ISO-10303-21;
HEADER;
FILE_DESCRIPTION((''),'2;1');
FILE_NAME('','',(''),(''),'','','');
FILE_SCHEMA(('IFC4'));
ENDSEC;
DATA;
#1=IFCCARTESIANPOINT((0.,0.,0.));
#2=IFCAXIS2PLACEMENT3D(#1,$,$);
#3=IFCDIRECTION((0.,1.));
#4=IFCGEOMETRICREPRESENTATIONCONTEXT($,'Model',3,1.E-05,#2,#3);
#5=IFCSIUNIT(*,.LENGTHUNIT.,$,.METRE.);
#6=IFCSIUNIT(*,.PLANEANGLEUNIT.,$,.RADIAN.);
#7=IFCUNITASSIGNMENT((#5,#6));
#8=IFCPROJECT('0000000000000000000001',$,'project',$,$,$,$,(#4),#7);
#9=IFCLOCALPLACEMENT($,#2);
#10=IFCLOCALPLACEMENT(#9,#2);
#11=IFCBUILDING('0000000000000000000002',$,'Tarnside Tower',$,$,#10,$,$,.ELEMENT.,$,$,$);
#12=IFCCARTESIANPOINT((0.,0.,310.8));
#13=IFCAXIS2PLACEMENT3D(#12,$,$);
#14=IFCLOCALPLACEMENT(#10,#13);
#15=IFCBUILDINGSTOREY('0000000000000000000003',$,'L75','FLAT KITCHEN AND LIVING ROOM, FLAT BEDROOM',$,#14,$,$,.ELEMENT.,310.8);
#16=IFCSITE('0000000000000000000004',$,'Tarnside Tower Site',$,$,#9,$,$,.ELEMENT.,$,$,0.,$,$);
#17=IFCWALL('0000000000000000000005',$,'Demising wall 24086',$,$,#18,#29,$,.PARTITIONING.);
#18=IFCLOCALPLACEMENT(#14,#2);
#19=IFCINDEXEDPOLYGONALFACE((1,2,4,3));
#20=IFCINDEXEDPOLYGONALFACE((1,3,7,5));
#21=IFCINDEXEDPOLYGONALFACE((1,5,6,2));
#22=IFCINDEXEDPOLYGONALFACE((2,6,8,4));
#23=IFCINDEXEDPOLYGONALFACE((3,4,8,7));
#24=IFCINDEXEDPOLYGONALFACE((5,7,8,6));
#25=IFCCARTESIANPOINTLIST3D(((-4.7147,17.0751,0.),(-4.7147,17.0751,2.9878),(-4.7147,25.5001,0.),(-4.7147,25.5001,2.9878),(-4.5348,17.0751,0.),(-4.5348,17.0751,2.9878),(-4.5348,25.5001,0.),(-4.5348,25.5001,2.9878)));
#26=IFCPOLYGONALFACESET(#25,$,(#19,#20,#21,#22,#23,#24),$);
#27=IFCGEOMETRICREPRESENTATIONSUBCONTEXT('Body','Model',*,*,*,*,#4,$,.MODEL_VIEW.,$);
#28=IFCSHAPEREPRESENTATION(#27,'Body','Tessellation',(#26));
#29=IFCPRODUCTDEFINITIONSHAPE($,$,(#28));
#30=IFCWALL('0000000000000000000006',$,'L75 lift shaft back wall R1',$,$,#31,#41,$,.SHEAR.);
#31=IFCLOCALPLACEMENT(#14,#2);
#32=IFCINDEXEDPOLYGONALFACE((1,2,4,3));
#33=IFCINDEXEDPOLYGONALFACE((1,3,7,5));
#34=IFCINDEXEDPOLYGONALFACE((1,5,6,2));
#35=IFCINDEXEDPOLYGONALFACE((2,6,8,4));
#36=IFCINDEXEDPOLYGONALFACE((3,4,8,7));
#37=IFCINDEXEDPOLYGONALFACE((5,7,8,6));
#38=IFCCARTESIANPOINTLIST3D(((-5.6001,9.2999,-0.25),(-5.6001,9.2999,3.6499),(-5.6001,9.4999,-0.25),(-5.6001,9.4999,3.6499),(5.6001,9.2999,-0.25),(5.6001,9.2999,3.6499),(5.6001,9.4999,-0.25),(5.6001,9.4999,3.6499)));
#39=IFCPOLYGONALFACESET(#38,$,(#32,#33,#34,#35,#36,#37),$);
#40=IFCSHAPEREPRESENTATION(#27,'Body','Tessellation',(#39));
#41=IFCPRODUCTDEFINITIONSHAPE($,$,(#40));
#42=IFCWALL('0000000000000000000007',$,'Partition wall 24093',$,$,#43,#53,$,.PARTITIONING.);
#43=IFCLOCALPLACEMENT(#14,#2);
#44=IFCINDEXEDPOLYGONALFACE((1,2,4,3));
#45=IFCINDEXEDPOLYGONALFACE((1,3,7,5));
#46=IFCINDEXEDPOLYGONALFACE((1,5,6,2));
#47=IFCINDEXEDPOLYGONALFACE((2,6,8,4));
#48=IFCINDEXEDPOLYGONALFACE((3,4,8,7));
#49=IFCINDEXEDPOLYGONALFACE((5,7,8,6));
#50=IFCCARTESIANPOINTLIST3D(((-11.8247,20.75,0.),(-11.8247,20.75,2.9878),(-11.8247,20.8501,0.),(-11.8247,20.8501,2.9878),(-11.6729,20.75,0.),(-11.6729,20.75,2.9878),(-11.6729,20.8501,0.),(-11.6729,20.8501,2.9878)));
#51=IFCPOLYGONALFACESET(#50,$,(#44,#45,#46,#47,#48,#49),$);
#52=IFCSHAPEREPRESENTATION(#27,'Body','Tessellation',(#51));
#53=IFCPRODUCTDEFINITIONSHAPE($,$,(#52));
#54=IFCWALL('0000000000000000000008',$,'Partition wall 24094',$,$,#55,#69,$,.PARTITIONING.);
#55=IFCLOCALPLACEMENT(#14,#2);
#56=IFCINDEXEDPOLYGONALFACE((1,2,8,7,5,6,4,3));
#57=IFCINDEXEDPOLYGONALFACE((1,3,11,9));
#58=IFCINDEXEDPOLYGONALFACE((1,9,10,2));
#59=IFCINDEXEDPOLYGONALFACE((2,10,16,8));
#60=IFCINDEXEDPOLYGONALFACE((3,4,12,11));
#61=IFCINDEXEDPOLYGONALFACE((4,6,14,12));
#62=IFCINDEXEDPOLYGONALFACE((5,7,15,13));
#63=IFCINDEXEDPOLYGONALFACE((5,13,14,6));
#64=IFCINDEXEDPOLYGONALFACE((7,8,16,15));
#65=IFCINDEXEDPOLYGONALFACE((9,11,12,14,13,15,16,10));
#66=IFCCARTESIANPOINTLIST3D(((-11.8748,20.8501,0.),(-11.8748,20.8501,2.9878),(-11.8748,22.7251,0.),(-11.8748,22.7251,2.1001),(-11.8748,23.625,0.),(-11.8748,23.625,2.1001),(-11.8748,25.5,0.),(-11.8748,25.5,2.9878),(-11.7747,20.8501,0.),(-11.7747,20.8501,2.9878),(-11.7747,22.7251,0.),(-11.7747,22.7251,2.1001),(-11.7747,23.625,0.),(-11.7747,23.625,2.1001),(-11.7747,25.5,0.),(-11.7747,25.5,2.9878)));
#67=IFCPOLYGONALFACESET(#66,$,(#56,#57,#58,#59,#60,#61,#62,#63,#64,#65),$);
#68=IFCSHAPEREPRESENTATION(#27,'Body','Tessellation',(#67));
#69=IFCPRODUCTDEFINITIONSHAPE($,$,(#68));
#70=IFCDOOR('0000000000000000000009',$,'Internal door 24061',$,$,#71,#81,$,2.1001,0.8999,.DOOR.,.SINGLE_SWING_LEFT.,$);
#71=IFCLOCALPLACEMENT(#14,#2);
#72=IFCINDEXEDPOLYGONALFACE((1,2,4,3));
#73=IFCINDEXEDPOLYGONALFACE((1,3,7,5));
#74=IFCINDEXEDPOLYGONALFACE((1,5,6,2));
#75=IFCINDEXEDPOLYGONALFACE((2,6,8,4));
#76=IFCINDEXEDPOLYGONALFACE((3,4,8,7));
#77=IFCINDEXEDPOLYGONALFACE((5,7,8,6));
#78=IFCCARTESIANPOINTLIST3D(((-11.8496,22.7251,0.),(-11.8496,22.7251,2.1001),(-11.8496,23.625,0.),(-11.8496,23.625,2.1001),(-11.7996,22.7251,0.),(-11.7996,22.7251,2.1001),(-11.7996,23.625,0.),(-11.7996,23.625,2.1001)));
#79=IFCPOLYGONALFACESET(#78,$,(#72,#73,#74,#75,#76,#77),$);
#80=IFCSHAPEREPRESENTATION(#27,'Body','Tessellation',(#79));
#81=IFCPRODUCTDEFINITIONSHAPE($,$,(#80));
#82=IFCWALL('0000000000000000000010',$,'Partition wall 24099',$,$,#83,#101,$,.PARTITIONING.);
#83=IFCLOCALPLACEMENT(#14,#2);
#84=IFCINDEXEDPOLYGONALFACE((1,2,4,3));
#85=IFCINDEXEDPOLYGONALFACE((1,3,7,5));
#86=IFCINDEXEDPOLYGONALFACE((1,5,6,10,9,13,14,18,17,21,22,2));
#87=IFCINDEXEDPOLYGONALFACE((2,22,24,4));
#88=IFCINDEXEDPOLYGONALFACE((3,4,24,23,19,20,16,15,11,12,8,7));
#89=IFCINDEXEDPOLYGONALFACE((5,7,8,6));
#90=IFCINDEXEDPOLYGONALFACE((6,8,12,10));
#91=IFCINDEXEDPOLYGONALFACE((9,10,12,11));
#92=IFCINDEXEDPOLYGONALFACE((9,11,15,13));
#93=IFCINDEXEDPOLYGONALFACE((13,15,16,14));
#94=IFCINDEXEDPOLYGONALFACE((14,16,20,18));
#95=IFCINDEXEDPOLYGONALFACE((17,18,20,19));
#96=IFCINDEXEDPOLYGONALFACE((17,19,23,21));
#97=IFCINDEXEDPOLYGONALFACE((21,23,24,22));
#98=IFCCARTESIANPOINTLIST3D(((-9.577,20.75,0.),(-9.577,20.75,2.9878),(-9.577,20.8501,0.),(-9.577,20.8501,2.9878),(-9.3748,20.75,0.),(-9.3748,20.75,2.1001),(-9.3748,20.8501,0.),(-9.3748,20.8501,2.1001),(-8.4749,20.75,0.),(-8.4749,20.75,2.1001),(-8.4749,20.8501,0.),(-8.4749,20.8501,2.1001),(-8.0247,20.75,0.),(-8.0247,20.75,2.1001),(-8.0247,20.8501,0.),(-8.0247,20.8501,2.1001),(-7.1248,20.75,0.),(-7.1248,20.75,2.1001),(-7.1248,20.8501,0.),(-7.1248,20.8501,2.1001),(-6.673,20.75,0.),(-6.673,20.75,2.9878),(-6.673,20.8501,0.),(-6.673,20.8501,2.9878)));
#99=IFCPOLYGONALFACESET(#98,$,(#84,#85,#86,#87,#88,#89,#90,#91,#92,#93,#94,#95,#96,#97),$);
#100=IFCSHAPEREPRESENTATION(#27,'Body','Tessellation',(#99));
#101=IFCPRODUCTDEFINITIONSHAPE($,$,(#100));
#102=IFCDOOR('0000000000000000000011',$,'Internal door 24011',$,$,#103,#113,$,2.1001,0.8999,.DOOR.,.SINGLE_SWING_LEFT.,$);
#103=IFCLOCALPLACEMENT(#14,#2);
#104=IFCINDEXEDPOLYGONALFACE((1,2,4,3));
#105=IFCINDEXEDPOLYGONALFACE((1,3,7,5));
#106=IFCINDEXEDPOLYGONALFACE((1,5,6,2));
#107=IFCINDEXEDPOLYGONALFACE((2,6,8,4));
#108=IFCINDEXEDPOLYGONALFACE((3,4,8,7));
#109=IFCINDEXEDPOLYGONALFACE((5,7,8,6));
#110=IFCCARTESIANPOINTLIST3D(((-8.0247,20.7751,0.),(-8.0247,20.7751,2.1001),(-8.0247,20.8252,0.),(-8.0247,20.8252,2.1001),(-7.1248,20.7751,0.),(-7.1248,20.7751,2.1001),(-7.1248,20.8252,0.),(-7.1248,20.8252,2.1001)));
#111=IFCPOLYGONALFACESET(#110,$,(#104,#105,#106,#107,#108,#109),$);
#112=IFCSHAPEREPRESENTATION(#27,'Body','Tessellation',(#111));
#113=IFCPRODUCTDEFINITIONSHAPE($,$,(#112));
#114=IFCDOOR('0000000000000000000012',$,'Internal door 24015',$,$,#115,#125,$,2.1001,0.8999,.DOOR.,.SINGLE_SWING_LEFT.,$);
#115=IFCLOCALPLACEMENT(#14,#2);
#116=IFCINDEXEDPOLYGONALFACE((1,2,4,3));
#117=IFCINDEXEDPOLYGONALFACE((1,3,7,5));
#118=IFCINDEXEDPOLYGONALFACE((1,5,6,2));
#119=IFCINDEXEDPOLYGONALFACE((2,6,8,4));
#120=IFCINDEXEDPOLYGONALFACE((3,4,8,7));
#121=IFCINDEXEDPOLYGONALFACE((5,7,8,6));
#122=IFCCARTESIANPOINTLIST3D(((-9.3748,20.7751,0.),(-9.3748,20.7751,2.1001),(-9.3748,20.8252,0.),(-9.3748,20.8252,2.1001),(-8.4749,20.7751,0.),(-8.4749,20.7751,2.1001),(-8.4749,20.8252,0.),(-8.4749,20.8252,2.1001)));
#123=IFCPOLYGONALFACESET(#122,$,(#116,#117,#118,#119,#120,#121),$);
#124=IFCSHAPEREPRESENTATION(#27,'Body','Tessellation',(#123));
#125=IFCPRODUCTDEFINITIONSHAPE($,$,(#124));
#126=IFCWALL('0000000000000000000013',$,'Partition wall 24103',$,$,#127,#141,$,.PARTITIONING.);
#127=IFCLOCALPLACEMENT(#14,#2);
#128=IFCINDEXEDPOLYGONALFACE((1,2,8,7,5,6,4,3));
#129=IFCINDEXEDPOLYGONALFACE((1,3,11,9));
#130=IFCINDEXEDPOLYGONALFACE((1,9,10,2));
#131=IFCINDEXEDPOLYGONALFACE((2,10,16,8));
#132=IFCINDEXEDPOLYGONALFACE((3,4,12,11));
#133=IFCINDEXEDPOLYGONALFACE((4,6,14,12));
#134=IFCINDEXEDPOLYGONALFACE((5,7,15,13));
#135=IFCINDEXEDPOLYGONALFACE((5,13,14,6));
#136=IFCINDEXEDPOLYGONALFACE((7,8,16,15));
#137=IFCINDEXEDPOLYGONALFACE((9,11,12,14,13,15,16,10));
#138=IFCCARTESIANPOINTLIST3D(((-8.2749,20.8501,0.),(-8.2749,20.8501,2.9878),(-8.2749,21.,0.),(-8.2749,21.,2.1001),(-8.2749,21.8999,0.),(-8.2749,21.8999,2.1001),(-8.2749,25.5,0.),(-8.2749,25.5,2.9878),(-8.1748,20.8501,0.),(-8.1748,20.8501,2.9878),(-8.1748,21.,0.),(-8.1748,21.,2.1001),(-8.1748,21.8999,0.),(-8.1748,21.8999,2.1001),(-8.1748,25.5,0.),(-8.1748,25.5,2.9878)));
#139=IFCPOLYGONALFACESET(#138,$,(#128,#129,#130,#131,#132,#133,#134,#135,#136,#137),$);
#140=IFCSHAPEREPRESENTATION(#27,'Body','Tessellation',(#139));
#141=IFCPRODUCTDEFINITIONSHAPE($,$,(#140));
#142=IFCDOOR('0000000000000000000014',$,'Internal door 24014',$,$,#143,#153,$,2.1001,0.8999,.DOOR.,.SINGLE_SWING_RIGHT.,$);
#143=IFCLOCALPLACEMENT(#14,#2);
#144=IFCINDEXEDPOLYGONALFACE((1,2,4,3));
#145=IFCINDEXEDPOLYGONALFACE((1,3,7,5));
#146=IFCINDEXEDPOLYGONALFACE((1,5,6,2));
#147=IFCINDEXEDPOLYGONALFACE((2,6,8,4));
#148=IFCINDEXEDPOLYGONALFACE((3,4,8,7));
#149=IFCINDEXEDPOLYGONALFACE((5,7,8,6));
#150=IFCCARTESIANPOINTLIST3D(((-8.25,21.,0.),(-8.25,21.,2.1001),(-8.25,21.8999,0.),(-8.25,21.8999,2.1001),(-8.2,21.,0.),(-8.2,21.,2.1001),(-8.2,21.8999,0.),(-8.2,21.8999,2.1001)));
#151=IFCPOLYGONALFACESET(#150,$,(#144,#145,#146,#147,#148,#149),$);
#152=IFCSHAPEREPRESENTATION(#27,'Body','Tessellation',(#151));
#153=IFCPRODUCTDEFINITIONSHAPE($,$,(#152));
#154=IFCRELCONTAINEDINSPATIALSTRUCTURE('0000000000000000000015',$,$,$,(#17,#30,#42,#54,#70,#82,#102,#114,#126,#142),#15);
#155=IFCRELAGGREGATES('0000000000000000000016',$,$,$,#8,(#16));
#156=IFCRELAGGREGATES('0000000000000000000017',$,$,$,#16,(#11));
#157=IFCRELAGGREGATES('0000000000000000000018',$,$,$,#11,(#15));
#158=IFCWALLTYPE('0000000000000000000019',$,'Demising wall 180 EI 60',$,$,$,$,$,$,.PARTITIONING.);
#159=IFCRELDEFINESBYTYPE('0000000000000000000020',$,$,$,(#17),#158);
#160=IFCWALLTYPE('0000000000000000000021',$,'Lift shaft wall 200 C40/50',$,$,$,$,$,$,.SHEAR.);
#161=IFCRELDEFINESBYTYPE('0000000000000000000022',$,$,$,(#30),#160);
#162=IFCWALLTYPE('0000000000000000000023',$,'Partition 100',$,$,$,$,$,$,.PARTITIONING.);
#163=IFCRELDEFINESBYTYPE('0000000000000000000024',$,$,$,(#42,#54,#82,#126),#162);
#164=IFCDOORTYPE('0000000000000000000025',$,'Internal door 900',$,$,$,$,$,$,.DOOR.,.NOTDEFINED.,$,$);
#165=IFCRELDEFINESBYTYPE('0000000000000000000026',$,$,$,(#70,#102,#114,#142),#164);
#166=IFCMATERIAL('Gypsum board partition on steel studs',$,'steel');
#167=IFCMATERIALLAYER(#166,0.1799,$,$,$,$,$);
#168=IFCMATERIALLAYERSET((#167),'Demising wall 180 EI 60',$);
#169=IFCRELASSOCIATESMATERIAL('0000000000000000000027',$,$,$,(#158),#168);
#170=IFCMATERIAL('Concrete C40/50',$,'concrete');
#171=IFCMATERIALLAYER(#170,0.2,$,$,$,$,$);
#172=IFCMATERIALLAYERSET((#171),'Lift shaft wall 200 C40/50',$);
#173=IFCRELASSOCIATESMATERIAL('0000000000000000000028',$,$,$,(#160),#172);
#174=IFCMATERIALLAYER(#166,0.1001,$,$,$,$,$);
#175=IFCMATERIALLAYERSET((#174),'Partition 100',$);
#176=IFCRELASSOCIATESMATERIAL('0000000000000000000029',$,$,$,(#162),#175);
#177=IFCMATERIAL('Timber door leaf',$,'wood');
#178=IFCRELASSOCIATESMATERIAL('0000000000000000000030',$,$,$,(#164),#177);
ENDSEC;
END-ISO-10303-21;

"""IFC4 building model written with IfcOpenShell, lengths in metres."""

from ifc_helpers import new_model, si_unit, direction, frame, frame_2d, origin, place, context, subcontext, project, spatial, rectangle, extrude, material, layer, layer_set, type_object, element, fill, save


model = new_model("IFC4")

# Units and contexts
model_context = context("Model", 3, precision=1e-05, world=origin(), true_north=direction((0.0, 1.0)))
body_context = subcontext(model_context, "Body", "Model", "MODEL_VIEW")
ifc_project = project(units=[si_unit("LENGTHUNIT", "METRE"), si_unit("PLANEANGLEUNIT", "RADIAN")], contexts=[model_context])

# Site, building, storey
site_placement = place(None, origin())
site = spatial("IfcSite", under=ifc_project, at=site_placement, Name="Tarnside Tower Site", CompositionType="ELEMENT", RefElevation=0.0)
building_placement = place(site_placement, origin())
building = spatial("IfcBuilding", under=site, at=building_placement, Name="Tarnside Tower", CompositionType="ELEMENT")
storey_placement = place(building_placement, frame((0.0, 0.0, 310.8)))
storey = spatial("IfcBuildingStorey", under=building, at=storey_placement, Name="L75", Description="FLAT KITCHEN AND LIVING ROOM, FLAT BEDROOM", CompositionType="ELEMENT", Elevation=310.8)

# Shared definitions
ifc_material_1 = material(Name="Gypsum board partition on steel studs", Category="steel")

# Shared definitions
ifc_material_2 = material(Name="Timber door leaf", Category="wood")

# Walls
ifc_layer_1 = layer(ifc_material_1, 0.1799)
ifc_layer_set_1 = layer_set([ifc_layer_1], Name="Demising wall 180 EI 60")
wall_type_1 = type_object("IfcWallType", Name="Demising wall 180 EI 60", PredefinedType="PARTITIONING", material=ifc_layer_set_1)
wall_1_placement = place(storey_placement, frame((-4.6248, 25.5, 0.0), z_axis=(0.0, 0.0, 1.0), x_axis=(0.0, -1.0, 0.0)))
element("IfcWall", 1, at=wall_1_placement, inside=storey, type_object=wall_type_1, Name="Demising wall 24086", PredefinedType="PARTITIONING", context=body_context, shape_type="SweptSolid", body=[
    extrude(rectangle(XDim=8.425, YDim=0.1799, at=frame_2d((4.2124, 0.0))), origin(), (0.0, 0.0, 1.0), 2.9878),
])
ifc_material_3 = material(Name="Concrete C40/50", Category="concrete")
ifc_layer_2 = layer(ifc_material_3, 0.2)
ifc_layer_set_2 = layer_set([ifc_layer_2], Name="Lift shaft wall 200 C40/50")
wall_type_2 = type_object("IfcWallType", Name="Lift shaft wall 200 C40/50", PredefinedType="SHEAR", material=ifc_layer_set_2)
wall_2_placement = place(storey_placement, frame((-5.6001, 9.3999, -0.25), z_axis=(0.0, 0.0, 1.0), x_axis=(1.0, 0.0, 0.0)))
element("IfcWall", 2, at=wall_2_placement, inside=storey, type_object=wall_type_2, Name="L75 lift shaft back wall R1", PredefinedType="SHEAR", context=body_context, shape_type="SweptSolid", body=[
    extrude(rectangle(XDim=11.2002, YDim=0.2, at=frame_2d((5.6001, 0.0))), origin(), (0.0, 0.0, 1.0), 3.8999),
])
ifc_layer_3 = layer(ifc_material_1, 0.1001)
ifc_layer_set_3 = layer_set([ifc_layer_3], Name="Partition 100")
wall_type_3 = type_object("IfcWallType", Name="Partition 100", PredefinedType="PARTITIONING", material=ifc_layer_set_3)
wall_3_placement = place(storey_placement, frame((-11.6729, 20.8, 0.0), z_axis=(0.0, 0.0, 1.0), x_axis=(-1.0, 0.0, 0.0)))
element("IfcWall", 3, at=wall_3_placement, inside=storey, type_object=wall_type_3, Name="Partition wall 24093", PredefinedType="PARTITIONING", context=body_context, shape_type="SweptSolid", body=[
    extrude(rectangle(XDim=0.1519, YDim=0.1001, at=frame_2d((0.0759, 0.0))), origin(), (0.0, 0.0, 1.0), 2.9878),
])

# Wall, opening, door
wall_4_placement = place(storey_placement, frame((-11.8247, 20.8501, 0.0), z_axis=(0.0, 0.0, 1.0), x_axis=(0.0, 1.0, 0.0)))
wall_4 = element("IfcWall", 4, at=wall_4_placement, inside=storey, type_object=wall_type_3, Name="Partition wall 24094", PredefinedType="PARTITIONING", context=body_context, shape_type="SweptSolid", body=[
    extrude(rectangle(XDim=4.6499, YDim=0.1001, at=frame_2d((2.325, 0.0))), origin(), (0.0, 0.0, 1.0), 2.9878),
])
opening_1_placement = place(wall_4_placement, frame((1.875, 0.0, 0.0)))
opening_1 = element("IfcOpeningElement", 5, at=opening_1_placement, cuts=wall_4, PredefinedType="OPENING", context=body_context, shape_type="SweptSolid", body=[
    extrude(rectangle(XDim=0.8999, YDim=2.1001, at=frame_2d((0.45, 1.05))), frame((0.0, 0.0601, 0.0), z_axis=(0.0, -1.0, 0.0), x_axis=(1.0, 0.0, 0.0)), (0.0, 0.0, 1.0), 0.1201),
])
door_type_1 = type_object("IfcDoorType", Name="Internal door 900", OperationType="NOTDEFINED", PredefinedType="DOOR", material=ifc_material_2)
door_1_placement = place(opening_1_placement, origin())
door_1 = element("IfcDoor", 6, at=door_1_placement, inside=storey, type_object=door_type_1, Name="Internal door 24061", OperationType="SINGLE_SWING_LEFT", OverallHeight=2.1001, OverallWidth=0.8999, PredefinedType="DOOR", context=body_context, shape_type="SweptSolid", body=[
    extrude(rectangle(XDim=0.8999, YDim=2.1001, at=frame_2d((0.45, 1.05))), frame((0.0, 0.0249, 0.0), z_axis=(0.0, -1.0, 0.0), x_axis=(1.0, 0.0, 0.0)), (0.0, 0.0, 1.0), 0.05),
])
fill(opening_1, door_1)

# Wall, openings, doors
wall_5_placement = place(storey_placement, frame((-6.6729, 20.8, 0.0), z_axis=(0.0, 0.0, 1.0), x_axis=(-1.0, 0.0, 0.0)))
wall_5 = element("IfcWall", 7, at=wall_5_placement, inside=storey, type_object=wall_type_3, Name="Partition wall 24099", PredefinedType="PARTITIONING", context=body_context, shape_type="SweptSolid", body=[
    extrude(rectangle(XDim=2.9041, YDim=0.1001, at=frame_2d((1.4521, 0.0))), origin(), (0.0, 0.0, 1.0), 2.9878),
])
opening_2_placement = place(wall_5_placement, frame((0.4519, 0.0, 0.0)))
opening_2 = element("IfcOpeningElement", 8, at=opening_2_placement, cuts=wall_5, PredefinedType="OPENING", context=body_context, shape_type="SweptSolid", body=[
    extrude(rectangle(XDim=0.8999, YDim=2.1001, at=frame_2d((0.45, 1.05))), frame((0.0, 0.0601, 0.0), z_axis=(0.0, -1.0, 0.0), x_axis=(1.0, 0.0, 0.0)), (0.0, 0.0, 1.0), 0.1201),
])
opening_3_placement = place(wall_5_placement, frame((1.802, 0.0, 0.0)))
opening_3 = element("IfcOpeningElement", 9, at=opening_3_placement, cuts=wall_5, PredefinedType="OPENING", context=body_context, shape_type="SweptSolid", body=[
    extrude(rectangle(XDim=0.8999, YDim=2.1001, at=frame_2d((0.45, 1.05))), frame((0.0, 0.0601, 0.0), z_axis=(0.0, -1.0, 0.0), x_axis=(1.0, 0.0, 0.0)), (0.0, 0.0, 1.0), 0.1201),
])
door_2_placement = place(opening_2_placement, origin())
door_2 = element("IfcDoor", 10, at=door_2_placement, inside=storey, type_object=door_type_1, Name="Internal door 24011", OperationType="SINGLE_SWING_LEFT", OverallHeight=2.1001, OverallWidth=0.8999, PredefinedType="DOOR", context=body_context, shape_type="SweptSolid", body=[
    extrude(rectangle(XDim=0.8999, YDim=2.1001, at=frame_2d((0.45, 1.05))), frame((0.0, 0.0249, 0.0), z_axis=(0.0, -1.0, 0.0), x_axis=(1.0, 0.0, 0.0)), (0.0, 0.0, 1.0), 0.05),
])
fill(opening_2, door_2)
door_3_placement = place(opening_3_placement, origin())
door_3 = element("IfcDoor", 11, at=door_3_placement, inside=storey, type_object=door_type_1, Name="Internal door 24015", OperationType="SINGLE_SWING_LEFT", OverallHeight=2.1001, OverallWidth=0.8999, PredefinedType="DOOR", context=body_context, shape_type="SweptSolid", body=[
    extrude(rectangle(XDim=0.8999, YDim=2.1001, at=frame_2d((0.45, 1.05))), frame((0.0, 0.0249, 0.0), z_axis=(0.0, -1.0, 0.0), x_axis=(1.0, 0.0, 0.0)), (0.0, 0.0, 1.0), 0.05),
])
fill(opening_3, door_3)

# Wall, opening, door
wall_6_placement = place(storey_placement, frame((-8.2249, 25.5, 0.0), z_axis=(0.0, 0.0, 1.0), x_axis=(0.0, -1.0, 0.0)))
wall_6 = element("IfcWall", 12, at=wall_6_placement, inside=storey, type_object=wall_type_3, Name="Partition wall 24103", PredefinedType="PARTITIONING", context=body_context, shape_type="SweptSolid", body=[
    extrude(rectangle(XDim=4.6499, YDim=0.1001, at=frame_2d((2.325, 0.0))), origin(), (0.0, 0.0, 1.0), 2.9878),
])
opening_4_placement = place(wall_6_placement, frame((3.6001, 0.0, 0.0)))
opening_4 = element("IfcOpeningElement", 13, at=opening_4_placement, cuts=wall_6, PredefinedType="OPENING", context=body_context, shape_type="SweptSolid", body=[
    extrude(rectangle(XDim=0.8999, YDim=2.1001, at=frame_2d((0.45, 1.05))), frame((0.0, 0.0601, 0.0), z_axis=(0.0, -1.0, 0.0), x_axis=(1.0, 0.0, 0.0)), (0.0, 0.0, 1.0), 0.1201),
])
door_4_placement = place(opening_4_placement, origin())
door_4 = element("IfcDoor", 14, at=door_4_placement, inside=storey, type_object=door_type_1, Name="Internal door 24014", OperationType="SINGLE_SWING_RIGHT", OverallHeight=2.1001, OverallWidth=0.8999, PredefinedType="DOOR", context=body_context, shape_type="SweptSolid", body=[
    extrude(rectangle(XDim=0.8999, YDim=2.1001, at=frame_2d((0.45, 1.05))), frame((0.0, 0.0249, 0.0), z_axis=(0.0, -1.0, 0.0), x_axis=(1.0, 0.0, 0.0)), (0.0, 0.0, 1.0), 0.05),
])
fill(opening_4, door_4)

save(model, "model.ifc")
